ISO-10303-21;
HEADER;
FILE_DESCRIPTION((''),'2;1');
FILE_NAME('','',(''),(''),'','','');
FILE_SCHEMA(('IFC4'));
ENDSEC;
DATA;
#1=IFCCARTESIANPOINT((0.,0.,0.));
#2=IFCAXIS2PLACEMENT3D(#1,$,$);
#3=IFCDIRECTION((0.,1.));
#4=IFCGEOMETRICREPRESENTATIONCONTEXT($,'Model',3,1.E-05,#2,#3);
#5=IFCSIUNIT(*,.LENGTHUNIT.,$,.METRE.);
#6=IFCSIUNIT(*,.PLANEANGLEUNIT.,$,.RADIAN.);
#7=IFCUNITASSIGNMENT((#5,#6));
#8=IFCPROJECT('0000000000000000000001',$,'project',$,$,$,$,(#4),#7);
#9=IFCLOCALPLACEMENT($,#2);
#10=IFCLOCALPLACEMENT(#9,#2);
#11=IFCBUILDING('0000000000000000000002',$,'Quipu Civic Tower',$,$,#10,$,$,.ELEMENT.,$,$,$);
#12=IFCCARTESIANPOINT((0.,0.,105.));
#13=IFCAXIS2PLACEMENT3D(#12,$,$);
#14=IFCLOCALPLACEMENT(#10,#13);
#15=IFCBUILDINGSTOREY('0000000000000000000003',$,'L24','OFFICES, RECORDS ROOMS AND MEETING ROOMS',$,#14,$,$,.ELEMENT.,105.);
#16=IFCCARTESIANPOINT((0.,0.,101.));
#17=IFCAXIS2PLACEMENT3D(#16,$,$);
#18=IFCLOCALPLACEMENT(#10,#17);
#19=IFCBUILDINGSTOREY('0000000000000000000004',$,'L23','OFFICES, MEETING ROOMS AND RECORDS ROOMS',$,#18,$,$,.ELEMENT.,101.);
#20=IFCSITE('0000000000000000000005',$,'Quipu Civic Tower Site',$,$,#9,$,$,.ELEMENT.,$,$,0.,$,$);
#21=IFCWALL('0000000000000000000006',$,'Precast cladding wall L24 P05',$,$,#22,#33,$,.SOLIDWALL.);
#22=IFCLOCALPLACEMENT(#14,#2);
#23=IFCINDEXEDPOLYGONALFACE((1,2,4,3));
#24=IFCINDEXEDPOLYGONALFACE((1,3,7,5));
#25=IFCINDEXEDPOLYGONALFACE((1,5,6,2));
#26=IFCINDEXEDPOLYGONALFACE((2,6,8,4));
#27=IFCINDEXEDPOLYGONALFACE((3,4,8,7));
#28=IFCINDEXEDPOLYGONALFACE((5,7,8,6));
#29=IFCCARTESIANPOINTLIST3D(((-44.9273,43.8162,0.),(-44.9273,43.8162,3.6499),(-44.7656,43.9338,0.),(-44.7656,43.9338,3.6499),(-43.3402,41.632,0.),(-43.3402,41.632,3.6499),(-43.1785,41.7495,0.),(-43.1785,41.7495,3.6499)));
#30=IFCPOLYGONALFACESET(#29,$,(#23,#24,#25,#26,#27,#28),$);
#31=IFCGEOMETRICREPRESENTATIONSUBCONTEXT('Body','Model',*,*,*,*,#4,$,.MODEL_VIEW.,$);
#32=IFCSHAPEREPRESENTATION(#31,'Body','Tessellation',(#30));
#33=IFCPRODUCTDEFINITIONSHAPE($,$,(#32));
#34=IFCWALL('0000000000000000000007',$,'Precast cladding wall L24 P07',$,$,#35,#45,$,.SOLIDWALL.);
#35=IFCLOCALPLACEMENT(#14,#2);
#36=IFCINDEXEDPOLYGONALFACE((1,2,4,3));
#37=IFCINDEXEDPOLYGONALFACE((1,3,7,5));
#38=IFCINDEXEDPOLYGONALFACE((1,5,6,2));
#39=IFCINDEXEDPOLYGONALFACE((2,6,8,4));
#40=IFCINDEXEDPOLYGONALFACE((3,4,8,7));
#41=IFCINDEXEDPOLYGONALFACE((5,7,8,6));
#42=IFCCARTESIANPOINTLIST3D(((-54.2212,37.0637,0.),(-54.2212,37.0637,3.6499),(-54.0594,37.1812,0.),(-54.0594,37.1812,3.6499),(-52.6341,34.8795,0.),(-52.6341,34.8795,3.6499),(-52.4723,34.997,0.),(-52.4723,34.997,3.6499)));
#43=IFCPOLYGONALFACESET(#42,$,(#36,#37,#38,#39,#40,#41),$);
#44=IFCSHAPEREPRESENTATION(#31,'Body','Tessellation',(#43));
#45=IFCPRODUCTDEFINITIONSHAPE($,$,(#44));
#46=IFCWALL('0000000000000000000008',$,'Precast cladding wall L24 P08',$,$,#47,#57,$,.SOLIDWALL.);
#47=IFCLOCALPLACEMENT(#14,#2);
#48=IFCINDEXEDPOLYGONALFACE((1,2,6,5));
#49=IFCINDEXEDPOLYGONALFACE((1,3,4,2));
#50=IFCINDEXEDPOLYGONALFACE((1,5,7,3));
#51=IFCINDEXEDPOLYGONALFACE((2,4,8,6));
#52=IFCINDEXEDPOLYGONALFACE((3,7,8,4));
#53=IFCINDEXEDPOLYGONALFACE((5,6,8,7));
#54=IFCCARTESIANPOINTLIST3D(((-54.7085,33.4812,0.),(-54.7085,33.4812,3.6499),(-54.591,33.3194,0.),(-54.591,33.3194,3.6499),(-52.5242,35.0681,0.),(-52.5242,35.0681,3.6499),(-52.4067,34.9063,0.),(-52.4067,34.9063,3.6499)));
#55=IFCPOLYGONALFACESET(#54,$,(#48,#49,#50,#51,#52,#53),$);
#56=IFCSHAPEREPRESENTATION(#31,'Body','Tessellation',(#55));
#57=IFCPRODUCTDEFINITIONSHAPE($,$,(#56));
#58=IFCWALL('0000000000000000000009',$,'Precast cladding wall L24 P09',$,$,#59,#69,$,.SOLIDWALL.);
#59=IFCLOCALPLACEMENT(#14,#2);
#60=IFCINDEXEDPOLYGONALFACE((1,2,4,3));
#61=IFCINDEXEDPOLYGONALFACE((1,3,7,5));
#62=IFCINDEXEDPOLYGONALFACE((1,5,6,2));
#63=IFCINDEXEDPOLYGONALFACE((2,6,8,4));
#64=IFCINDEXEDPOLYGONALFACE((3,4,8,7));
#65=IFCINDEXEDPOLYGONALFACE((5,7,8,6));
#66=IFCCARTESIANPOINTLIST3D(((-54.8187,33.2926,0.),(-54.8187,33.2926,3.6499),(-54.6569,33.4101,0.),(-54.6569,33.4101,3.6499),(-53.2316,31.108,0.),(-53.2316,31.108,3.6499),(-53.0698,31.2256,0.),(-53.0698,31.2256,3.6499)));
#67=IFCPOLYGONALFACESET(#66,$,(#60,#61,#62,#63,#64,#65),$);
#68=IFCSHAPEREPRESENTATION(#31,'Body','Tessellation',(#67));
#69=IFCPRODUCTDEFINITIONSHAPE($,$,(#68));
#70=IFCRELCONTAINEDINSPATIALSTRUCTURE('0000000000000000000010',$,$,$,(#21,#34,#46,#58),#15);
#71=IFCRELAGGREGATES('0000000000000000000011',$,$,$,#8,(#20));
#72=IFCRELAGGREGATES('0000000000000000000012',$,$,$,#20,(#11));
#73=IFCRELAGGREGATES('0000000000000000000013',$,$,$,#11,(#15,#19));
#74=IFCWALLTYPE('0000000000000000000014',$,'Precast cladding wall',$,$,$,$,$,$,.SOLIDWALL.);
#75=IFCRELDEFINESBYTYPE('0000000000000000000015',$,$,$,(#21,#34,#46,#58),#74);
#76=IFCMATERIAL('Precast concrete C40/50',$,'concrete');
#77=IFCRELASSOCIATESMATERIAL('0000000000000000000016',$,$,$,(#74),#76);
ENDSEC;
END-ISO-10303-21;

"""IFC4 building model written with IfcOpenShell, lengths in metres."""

from ifc_helpers import new_model, si_unit, direction, frame, frame_2d, origin, place, context, subcontext, project, spatial, rectangle, extrude, material, type_object, element, save


model = new_model("IFC4")

# Units and contexts
model_context = context("Model", 3, precision=1e-05, world=origin(), true_north=direction((0.0, 1.0)))
body_context = subcontext(model_context, "Body", "Model", "MODEL_VIEW")
ifc_project = project(units=[si_unit("LENGTHUNIT", "METRE"), si_unit("PLANEANGLEUNIT", "RADIAN")], contexts=[model_context])

# Site, building, storey
site_placement = place(None, origin())
site = spatial("IfcSite", under=ifc_project, at=site_placement, Name="Quipu Civic Tower Site", CompositionType="ELEMENT", RefElevation=0.0)
building_placement = place(site_placement, origin())
building = spatial("IfcBuilding", under=site, at=building_placement, Name="Quipu Civic Tower", CompositionType="ELEMENT")
storey_1_placement = place(building_placement, frame((0.0, 0.0, 105.0)))
storey_1 = spatial("IfcBuildingStorey", under=building, at=storey_1_placement, Name="L24", Description="OFFICES, RECORDS ROOMS AND MEETING ROOMS", CompositionType="ELEMENT", Elevation=105.0)

# Shared definitions
storey_2_placement = place(building_placement, frame((0.0, 0.0, 101.0)))
storey_2 = spatial("IfcBuildingStorey", under=building, at=storey_2_placement, Name="L23", Description="OFFICES, MEETING ROOMS AND RECORDS ROOMS", CompositionType="ELEMENT", Elevation=101.0)

# Walls
ifc_material_1 = material(Name="Precast concrete C40/50", Category="concrete")
wall_type_1 = type_object("IfcWallType", Name="Precast cladding wall", PredefinedType="SOLIDWALL", material=ifc_material_1)
for number, where, z_axis, x_axis, name in (
    (1, (-43.2593, 41.6907, 0.0), (0.0, 0.0, 1.0), (-0.587822, 0.80899, 0.0), "Precast cladding wall L24 P05"),
    (2, (-54.1404, 37.1226, 0.0), (0.0, 0.0, 1.0), (0.587822, -0.80899, 0.0), "Precast cladding wall L24 P07"),
    (3, (-52.4653, 34.9873, 0.0), (0.0, 0.0, 1.0), (-0.809033, -0.587763, 0.0), "Precast cladding wall L24 P08"),
):
    element("IfcWall", number, at=place(storey_1_placement, frame(where, z_axis=z_axis, x_axis=x_axis)), inside=storey_1, type_object=wall_type_1, Name=name, PredefinedType="SOLIDWALL", context=body_context, shape_type="SweptSolid", body=[
        extrude(rectangle(XDim=2.7, YDim=0.2, at=frame_2d((1.3501, 0.0))), origin(), (0.0, 0.0, 1.0), 3.6499),
    ])
wall_1_placement = place(storey_1_placement, frame((-54.7378, 33.3513, 0.0), z_axis=(0.0, 0.0, 1.0), x_axis=(0.587779, -0.809021, 0.0)))
element("IfcWall", 4, at=wall_1_placement, inside=storey_1, type_object=wall_type_1, Name="Precast cladding wall L24 P09", PredefinedType="SOLIDWALL", context=body_context, shape_type="SweptSolid", body=[
    extrude(rectangle(XDim=2.7002, YDim=0.2, at=frame_2d((1.3501, 0.0))), origin(), (0.0, 0.0, 1.0), 3.6499),
])

save(model, "model.ifc")
